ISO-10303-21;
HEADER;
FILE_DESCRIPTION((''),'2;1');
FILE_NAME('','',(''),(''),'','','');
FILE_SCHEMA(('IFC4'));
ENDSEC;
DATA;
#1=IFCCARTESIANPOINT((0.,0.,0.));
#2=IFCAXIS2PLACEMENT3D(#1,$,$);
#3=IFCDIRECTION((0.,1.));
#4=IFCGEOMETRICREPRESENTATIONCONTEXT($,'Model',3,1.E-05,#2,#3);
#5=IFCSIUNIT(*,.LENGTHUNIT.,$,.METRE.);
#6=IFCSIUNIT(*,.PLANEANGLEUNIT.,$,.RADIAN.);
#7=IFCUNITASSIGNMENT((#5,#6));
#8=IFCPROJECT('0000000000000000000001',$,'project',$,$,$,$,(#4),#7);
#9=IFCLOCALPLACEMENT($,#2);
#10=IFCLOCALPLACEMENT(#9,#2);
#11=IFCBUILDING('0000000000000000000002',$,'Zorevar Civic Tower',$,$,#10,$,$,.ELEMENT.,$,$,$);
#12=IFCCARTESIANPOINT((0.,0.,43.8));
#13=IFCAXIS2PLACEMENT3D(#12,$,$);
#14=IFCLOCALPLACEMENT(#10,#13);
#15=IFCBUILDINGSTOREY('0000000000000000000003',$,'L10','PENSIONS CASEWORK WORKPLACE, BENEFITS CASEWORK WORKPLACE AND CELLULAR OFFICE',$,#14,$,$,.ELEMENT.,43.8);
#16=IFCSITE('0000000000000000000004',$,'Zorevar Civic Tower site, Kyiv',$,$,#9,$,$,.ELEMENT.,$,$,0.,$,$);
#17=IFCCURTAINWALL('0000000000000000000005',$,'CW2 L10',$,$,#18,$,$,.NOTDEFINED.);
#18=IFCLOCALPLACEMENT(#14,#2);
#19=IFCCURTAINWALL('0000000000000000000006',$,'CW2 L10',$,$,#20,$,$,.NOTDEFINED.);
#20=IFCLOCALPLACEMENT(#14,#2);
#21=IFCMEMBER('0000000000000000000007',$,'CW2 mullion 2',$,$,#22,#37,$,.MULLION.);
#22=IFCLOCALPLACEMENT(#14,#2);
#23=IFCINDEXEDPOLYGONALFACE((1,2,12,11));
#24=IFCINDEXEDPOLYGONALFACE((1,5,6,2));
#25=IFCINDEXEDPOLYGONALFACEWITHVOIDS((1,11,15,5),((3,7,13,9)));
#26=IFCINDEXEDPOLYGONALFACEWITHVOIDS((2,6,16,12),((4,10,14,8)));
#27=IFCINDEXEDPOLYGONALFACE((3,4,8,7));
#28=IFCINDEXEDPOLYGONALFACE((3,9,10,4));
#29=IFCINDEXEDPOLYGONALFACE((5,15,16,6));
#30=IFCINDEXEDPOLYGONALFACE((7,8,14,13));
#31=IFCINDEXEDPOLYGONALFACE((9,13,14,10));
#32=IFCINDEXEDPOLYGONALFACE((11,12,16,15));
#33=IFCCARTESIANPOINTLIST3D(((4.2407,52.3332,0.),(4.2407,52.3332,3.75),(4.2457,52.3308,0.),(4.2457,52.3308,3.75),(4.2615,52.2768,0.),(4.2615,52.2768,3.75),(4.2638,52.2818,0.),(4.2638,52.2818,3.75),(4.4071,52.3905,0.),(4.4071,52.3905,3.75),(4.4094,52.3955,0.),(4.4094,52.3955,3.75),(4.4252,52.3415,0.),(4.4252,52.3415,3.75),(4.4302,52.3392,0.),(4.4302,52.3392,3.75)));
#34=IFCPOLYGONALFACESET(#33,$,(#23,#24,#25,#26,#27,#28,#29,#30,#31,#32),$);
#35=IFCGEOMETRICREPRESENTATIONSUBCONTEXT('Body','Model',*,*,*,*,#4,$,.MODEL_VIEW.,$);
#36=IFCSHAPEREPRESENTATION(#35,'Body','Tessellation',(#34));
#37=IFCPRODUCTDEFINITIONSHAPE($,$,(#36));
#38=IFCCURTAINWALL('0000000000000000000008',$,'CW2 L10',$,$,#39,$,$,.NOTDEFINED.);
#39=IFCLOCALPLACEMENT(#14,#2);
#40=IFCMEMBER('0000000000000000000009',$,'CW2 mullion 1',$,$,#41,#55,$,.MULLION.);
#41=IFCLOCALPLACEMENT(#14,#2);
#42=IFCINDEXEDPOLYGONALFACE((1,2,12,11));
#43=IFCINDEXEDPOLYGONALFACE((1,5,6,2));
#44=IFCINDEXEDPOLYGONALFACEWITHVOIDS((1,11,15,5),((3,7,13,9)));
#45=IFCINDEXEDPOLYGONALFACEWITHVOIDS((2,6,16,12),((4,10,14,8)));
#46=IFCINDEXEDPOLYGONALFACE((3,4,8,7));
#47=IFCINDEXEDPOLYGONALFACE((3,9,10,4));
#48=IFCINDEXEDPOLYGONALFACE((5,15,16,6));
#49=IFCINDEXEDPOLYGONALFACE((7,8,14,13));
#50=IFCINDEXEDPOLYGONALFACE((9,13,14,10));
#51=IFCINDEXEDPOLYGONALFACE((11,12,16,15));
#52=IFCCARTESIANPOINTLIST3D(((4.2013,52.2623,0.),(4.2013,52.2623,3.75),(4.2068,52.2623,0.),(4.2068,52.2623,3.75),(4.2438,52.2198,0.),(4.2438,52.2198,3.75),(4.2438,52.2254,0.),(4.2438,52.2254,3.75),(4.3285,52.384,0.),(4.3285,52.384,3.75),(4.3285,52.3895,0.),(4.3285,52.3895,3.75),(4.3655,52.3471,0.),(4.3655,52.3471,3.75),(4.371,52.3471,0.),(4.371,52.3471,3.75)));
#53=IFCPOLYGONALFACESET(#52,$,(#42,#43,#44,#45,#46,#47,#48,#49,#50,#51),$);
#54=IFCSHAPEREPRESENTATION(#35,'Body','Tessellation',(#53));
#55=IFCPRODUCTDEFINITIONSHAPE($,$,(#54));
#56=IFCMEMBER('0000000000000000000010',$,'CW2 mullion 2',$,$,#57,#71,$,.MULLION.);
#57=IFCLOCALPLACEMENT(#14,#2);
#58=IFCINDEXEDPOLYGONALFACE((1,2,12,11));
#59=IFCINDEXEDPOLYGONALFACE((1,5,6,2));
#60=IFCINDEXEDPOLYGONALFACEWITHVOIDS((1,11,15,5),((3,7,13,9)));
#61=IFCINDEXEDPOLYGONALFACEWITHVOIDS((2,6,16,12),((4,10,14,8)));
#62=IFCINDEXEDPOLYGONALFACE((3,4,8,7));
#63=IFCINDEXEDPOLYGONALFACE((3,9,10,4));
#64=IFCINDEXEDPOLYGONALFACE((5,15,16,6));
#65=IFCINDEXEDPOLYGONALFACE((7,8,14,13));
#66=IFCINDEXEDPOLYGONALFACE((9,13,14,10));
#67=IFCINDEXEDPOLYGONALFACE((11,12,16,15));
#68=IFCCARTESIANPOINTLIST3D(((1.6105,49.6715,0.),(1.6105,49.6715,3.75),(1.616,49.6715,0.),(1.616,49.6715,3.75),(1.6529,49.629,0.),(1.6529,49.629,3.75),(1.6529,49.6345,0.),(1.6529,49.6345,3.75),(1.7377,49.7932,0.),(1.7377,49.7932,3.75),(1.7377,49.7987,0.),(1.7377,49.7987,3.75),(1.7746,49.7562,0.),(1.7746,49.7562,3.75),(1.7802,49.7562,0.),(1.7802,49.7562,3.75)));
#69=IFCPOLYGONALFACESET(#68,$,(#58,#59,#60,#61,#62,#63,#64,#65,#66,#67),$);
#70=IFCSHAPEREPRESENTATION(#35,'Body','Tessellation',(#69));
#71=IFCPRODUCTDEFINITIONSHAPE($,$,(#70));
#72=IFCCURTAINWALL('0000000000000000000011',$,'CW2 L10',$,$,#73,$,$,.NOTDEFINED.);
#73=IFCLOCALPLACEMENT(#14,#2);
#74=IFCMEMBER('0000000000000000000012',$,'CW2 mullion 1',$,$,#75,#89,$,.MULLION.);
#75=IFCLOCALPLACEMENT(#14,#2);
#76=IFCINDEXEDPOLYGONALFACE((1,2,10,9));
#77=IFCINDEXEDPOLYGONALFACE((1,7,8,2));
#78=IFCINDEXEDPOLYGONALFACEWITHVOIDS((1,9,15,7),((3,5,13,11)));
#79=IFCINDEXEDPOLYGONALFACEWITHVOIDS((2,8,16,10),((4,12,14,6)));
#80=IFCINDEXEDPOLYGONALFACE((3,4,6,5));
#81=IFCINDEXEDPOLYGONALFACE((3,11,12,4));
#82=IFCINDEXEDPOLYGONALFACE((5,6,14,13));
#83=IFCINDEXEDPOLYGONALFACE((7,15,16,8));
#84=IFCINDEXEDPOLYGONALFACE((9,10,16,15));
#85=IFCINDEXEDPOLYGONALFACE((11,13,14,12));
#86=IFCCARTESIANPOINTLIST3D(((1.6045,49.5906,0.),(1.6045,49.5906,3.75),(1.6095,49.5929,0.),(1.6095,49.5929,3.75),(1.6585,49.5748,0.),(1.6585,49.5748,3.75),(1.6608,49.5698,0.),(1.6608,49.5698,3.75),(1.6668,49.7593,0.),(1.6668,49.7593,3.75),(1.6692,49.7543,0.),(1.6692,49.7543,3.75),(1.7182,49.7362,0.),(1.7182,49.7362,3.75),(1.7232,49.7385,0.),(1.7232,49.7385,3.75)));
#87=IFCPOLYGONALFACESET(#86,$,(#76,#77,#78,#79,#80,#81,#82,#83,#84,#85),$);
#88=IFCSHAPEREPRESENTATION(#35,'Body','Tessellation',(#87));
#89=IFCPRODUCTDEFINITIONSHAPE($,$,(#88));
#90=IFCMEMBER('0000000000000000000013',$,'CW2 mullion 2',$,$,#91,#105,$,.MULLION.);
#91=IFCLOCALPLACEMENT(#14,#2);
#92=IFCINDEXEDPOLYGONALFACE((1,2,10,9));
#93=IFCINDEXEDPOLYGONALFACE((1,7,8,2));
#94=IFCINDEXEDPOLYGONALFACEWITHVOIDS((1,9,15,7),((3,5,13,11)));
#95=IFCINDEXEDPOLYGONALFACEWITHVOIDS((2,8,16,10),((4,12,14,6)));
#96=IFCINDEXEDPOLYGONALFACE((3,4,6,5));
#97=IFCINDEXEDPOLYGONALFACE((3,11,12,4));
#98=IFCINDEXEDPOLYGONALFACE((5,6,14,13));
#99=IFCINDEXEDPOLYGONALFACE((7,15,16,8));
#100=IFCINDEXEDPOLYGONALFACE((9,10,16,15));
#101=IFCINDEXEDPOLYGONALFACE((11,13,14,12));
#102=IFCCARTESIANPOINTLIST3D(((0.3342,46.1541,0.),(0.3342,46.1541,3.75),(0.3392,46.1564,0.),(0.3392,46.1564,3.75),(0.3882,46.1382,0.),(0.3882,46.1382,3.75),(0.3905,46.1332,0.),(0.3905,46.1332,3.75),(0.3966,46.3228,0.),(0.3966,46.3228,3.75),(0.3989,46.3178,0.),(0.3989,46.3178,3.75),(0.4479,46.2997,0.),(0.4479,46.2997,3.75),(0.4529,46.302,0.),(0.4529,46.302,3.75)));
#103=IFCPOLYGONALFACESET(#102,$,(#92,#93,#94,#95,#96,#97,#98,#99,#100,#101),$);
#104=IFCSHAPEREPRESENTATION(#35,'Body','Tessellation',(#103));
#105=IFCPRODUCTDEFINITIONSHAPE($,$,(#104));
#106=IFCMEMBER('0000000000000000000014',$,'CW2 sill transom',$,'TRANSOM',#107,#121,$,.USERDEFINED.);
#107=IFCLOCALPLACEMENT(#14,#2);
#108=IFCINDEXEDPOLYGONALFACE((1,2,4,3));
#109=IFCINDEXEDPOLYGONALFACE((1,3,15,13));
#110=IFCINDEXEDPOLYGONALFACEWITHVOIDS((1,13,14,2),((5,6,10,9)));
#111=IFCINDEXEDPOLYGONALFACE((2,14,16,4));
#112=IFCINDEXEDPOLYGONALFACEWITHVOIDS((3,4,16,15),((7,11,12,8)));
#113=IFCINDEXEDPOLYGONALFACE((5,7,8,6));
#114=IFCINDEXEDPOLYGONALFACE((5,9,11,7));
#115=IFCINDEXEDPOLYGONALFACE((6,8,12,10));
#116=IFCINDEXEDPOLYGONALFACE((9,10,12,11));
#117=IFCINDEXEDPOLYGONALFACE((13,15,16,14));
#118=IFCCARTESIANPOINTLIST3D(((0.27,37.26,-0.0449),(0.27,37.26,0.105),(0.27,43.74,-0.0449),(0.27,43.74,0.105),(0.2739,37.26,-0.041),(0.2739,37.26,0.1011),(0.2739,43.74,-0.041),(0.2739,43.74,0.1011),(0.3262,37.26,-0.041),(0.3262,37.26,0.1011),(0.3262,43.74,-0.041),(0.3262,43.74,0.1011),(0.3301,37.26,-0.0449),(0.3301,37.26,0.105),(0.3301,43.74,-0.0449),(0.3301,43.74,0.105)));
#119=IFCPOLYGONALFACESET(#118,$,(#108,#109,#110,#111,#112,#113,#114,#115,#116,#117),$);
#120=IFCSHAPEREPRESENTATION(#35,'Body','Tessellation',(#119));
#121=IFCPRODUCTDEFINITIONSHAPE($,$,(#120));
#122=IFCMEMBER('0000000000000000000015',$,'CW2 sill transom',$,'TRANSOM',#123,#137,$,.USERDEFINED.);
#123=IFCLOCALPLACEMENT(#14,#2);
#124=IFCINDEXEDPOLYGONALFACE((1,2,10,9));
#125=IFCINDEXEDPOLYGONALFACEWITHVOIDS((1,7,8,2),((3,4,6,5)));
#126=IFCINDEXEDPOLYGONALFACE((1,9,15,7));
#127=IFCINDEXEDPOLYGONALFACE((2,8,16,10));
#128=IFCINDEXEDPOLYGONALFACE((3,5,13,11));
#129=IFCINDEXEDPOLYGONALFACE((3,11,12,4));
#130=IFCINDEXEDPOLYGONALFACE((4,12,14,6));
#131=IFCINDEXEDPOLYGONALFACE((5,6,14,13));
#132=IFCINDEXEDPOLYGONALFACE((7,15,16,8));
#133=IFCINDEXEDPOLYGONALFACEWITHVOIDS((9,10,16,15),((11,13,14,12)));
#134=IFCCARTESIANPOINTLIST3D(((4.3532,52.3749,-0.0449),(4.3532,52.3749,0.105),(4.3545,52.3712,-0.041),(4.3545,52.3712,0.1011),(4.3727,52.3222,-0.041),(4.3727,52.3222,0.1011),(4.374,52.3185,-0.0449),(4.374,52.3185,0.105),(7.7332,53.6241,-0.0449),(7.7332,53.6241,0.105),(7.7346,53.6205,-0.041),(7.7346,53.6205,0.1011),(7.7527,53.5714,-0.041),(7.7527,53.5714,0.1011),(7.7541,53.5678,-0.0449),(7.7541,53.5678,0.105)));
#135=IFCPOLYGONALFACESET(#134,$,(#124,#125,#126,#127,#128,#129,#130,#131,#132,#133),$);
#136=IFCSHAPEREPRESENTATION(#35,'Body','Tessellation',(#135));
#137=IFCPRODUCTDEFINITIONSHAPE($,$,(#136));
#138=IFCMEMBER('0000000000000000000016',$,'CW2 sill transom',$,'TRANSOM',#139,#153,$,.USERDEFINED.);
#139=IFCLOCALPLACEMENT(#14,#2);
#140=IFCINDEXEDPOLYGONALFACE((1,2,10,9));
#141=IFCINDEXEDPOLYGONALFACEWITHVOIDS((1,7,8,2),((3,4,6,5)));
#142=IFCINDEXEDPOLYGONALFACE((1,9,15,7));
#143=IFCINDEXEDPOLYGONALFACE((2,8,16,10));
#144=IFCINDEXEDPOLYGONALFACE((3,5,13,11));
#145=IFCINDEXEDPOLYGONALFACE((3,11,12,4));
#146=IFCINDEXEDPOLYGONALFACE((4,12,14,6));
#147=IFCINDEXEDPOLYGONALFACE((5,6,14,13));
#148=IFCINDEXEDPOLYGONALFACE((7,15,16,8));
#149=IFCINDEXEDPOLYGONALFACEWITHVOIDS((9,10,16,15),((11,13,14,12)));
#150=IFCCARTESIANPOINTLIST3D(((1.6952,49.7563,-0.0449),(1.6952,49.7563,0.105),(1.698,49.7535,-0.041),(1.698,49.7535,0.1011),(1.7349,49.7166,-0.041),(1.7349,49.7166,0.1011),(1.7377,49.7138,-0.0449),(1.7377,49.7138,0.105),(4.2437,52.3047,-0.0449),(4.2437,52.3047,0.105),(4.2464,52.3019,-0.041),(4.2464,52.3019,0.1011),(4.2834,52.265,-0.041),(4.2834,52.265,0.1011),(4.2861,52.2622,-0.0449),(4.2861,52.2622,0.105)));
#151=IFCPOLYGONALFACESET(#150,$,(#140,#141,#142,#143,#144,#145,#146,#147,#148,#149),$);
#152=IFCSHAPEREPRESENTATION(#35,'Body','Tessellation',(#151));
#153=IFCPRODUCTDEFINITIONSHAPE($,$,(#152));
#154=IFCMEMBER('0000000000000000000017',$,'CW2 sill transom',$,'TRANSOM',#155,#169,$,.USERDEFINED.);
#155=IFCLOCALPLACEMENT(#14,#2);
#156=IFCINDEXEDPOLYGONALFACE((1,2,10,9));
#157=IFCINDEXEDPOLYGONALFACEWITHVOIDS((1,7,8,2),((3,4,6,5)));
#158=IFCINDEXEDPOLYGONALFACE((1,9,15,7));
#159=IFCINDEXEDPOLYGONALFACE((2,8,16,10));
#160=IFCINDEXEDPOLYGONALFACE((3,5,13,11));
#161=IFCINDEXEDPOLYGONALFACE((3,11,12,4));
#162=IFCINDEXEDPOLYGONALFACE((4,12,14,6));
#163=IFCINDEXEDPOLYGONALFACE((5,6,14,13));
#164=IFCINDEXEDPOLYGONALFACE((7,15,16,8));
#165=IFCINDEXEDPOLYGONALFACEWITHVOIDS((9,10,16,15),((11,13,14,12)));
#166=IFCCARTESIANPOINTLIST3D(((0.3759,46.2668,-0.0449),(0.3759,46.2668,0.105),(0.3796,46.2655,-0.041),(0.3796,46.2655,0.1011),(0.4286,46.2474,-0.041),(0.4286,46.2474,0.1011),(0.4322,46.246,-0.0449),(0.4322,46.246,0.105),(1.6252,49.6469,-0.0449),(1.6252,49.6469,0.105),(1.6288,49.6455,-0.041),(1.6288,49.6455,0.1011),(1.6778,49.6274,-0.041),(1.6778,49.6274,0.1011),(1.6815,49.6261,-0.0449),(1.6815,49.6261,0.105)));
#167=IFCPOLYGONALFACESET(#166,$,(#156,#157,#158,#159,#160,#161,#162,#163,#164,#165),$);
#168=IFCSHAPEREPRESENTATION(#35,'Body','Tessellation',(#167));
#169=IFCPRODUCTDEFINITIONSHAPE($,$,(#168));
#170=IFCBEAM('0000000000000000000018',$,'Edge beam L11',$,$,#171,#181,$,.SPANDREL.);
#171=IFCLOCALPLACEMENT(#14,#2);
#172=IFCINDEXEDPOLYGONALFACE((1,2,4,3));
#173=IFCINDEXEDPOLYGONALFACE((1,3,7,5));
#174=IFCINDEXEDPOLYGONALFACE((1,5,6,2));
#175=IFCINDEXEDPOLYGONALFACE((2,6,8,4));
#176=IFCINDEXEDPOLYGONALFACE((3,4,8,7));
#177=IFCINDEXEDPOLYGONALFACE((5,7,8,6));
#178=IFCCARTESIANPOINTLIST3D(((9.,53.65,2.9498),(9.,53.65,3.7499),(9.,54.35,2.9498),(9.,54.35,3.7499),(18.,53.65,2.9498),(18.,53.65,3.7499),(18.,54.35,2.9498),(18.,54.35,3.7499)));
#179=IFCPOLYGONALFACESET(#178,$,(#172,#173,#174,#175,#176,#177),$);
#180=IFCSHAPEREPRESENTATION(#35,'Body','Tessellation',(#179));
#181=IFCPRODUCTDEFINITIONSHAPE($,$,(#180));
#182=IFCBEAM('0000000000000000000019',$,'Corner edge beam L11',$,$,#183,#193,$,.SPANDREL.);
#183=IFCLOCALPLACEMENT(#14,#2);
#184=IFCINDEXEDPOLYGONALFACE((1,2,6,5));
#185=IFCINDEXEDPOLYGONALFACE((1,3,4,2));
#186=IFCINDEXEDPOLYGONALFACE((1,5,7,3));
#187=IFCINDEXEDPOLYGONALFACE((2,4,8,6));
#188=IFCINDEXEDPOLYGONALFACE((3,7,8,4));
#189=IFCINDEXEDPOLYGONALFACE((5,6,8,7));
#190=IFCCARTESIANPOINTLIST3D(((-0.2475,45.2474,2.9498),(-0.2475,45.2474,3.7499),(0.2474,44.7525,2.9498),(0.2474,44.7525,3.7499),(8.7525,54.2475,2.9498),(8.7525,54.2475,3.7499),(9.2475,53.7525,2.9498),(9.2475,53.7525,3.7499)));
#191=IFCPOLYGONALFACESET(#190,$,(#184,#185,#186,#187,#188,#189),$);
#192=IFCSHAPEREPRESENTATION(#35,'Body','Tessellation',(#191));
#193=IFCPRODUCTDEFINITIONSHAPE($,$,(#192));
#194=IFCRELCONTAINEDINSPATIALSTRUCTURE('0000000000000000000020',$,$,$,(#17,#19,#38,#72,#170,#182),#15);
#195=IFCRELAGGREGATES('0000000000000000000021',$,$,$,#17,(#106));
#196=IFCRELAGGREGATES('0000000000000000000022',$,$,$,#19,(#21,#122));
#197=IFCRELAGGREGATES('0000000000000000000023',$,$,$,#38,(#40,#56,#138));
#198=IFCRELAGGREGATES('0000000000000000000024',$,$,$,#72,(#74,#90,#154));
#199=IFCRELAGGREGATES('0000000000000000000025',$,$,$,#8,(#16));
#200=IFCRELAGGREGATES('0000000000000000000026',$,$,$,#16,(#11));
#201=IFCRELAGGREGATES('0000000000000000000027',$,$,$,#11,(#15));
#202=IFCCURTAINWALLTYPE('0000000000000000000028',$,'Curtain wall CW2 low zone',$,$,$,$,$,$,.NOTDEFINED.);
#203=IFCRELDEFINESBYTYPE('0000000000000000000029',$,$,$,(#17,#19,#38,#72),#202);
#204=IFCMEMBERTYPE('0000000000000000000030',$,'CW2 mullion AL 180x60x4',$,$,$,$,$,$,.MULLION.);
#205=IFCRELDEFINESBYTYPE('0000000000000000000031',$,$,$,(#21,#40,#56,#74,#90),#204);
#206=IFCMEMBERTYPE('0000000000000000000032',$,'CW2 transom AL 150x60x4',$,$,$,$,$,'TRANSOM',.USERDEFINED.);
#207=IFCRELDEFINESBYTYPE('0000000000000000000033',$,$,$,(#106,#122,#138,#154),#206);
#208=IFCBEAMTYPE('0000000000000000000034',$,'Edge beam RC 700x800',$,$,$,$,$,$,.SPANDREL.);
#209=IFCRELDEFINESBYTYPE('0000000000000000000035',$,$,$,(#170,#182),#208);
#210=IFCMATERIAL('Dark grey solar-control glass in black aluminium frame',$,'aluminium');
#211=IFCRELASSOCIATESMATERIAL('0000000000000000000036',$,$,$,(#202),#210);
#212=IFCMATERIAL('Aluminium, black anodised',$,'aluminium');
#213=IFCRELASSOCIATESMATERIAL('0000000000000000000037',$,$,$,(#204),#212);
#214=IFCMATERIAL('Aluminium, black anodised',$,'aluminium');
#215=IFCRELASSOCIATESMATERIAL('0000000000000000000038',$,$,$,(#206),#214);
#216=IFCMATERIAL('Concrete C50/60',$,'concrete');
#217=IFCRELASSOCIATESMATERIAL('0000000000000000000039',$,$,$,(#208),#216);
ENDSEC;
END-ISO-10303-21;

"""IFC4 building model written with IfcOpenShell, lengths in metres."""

from ifc_helpers import new_model, si_unit, direction, frame, origin, origin_2d, place, context, subcontext, project, spatial, rectangle, hollow_rectangle, extrude, material, material_profile, profile_set, type_object, element, aggregate, save


model = new_model("IFC4")

# Units and contexts
model_context = context("Model", 3, precision=1e-05, world=origin(), true_north=direction((0.0, 1.0)))
body_context = subcontext(model_context, "Body", "Model", "MODEL_VIEW")
ifc_project = project(units=[si_unit("LENGTHUNIT", "METRE"), si_unit("PLANEANGLEUNIT", "RADIAN")], contexts=[model_context])

# Site, building, storey
site_placement = place(None, origin())
site = spatial("IfcSite", under=ifc_project, at=site_placement, Name="Zorevar Civic Tower site, Kyiv", CompositionType="ELEMENT", RefElevation=0.0)
building_placement = place(site_placement, origin())
building = spatial("IfcBuilding", under=site, at=building_placement, Name="Zorevar Civic Tower", CompositionType="ELEMENT")
storey_placement = place(building_placement, frame((0.0, 0.0, 43.8)))
storey = spatial("IfcBuildingStorey", under=building, at=storey_placement, Name="L10", Description="PENSIONS CASEWORK WORKPLACE, BENEFITS CASEWORK WORKPLACE AND CELLULAR OFFICE", CompositionType="ELEMENT", Elevation=43.8)

# Curtain walls, members
ifc_material_1 = material(Name="Dark grey solar-control glass in black aluminium frame", Category="aluminium")
curtain_wall_type = type_object("IfcCurtainWallType", Name="Curtain wall CW2 low zone", PredefinedType="NOTDEFINED", material=ifc_material_1)
curtain_wall_1_placement = place(storey_placement, origin())
curtain_wall_1 = element("IfcCurtainWall", 1, at=curtain_wall_1_placement, inside=storey, type_object=curtain_wall_type, Name="CW2 L10", PredefinedType="NOTDEFINED")
ifc_material_2 = material(Name="Aluminium, black anodised", Category="aluminium")
ifc_material_profile_1 = material_profile(ifc_material_2, hollow_rectangle(XDim=0.0601, YDim=0.1799, WallThickness=0.0039, at=origin_2d()), Name="AL 180x60x4")
ifc_profile_set_1 = profile_set([ifc_material_profile_1], Name="Aluminium, black anodised")
member_type_1 = type_object("IfcMemberType", Name="CW2 mullion AL 180x60x4", PredefinedType="MULLION", material=ifc_profile_set_1)
curtain_wall_2_placement = place(storey_placement, origin())
curtain_wall_2 = element("IfcCurtainWall", 2, at=curtain_wall_2_placement, inside=storey, type_object=curtain_wall_type, Name="CW2 L10", PredefinedType="NOTDEFINED")
member_1_placement = place(storey_placement, frame((4.3354, 52.3362, 0.0), z_axis=(0.0, 0.0, 1.0), x_axis=(0.346704, -0.937975, 0.0)))
member_1 = element("IfcMember", 3, at=member_1_placement, type_object=member_type_1, Name="CW2 mullion 2", PredefinedType="MULLION", context=body_context, shape_type="SweptSolid", body=[
    extrude(hollow_rectangle(XDim=0.0601, YDim=0.1799, WallThickness=0.0039, at=origin_2d()), origin(), (0.0, 0.0, 1.0), 3.75),
])
curtain_wall_3_placement = place(storey_placement, origin())
curtain_wall_3 = element("IfcCurtainWall", 4, at=curtain_wall_3_placement, inside=storey, type_object=curtain_wall_type, Name="CW2 L10", PredefinedType="NOTDEFINED")
member_2_placement = place(storey_placement, frame((4.2861, 52.3047, 0.0), z_axis=(0.0, 0.0, 1.0), x_axis=(0.707107, -0.707107, 0.0)))
member_2 = element("IfcMember", 5, at=member_2_placement, type_object=member_type_1, Name="CW2 mullion 1", PredefinedType="MULLION", context=body_context, shape_type="SweptSolid", body=[
    extrude(hollow_rectangle(XDim=0.0601, YDim=0.1799, WallThickness=0.0039, at=origin_2d()), origin(), (0.0, 0.0, 1.0), 3.75),
])
member_3_placement = place(storey_placement, frame((1.6953, 49.7139, 0.0), z_axis=(0.0, 0.0, 1.0), x_axis=(0.707107, -0.707107, 0.0)))
member_3 = element("IfcMember", 6, at=member_3_placement, type_object=member_type_1, Name="CW2 mullion 2", PredefinedType="MULLION", context=body_context, shape_type="SweptSolid", body=[
    extrude(hollow_rectangle(XDim=0.0601, YDim=0.1799, WallThickness=0.0039, at=origin_2d()), origin(), (0.0, 0.0, 1.0), 3.75),
])
curtain_wall_4_placement = place(storey_placement, origin())
curtain_wall_4 = element("IfcCurtainWall", 7, at=curtain_wall_4_placement, inside=storey, type_object=curtain_wall_type, Name="CW2 L10", PredefinedType="NOTDEFINED")
member_4_placement = place(storey_placement, frame((1.6638, 49.6646, 0.0), z_axis=(0.0, 0.0, 1.0), x_axis=(0.937975, -0.346704, 0.0)))
member_4 = element("IfcMember", 8, at=member_4_placement, type_object=member_type_1, Name="CW2 mullion 1", PredefinedType="MULLION", context=body_context, shape_type="SweptSolid", body=[
    extrude(hollow_rectangle(XDim=0.0601, YDim=0.1799, WallThickness=0.0039, at=origin_2d()), origin(), (0.0, 0.0, 1.0), 3.75),
])
member_5_placement = place(storey_placement, frame((0.3936, 46.228, 0.0), z_axis=(0.0, 0.0, 1.0), x_axis=(0.937975, -0.346704, 0.0)))
member_5 = element("IfcMember", 9, at=member_5_placement, type_object=member_type_1, Name="CW2 mullion 2", PredefinedType="MULLION", context=body_context, shape_type="SweptSolid", body=[
    extrude(hollow_rectangle(XDim=0.0601, YDim=0.1799, WallThickness=0.0039, at=origin_2d()), origin(), (0.0, 0.0, 1.0), 3.75),
])

# Members
ifc_material_3 = material(Name="Aluminium, black anodised", Category="aluminium")
ifc_material_profile_2 = material_profile(ifc_material_3, hollow_rectangle(XDim=0.0601, YDim=0.1499, WallThickness=0.0039, at=origin_2d()), Name="AL 150x60x4")
ifc_profile_set_2 = profile_set([ifc_material_profile_2], Name="Aluminium, black anodised")
member_type_2 = type_object("IfcMemberType", Name="CW2 transom AL 150x60x4", ElementType="TRANSOM", PredefinedType="USERDEFINED", material=ifc_profile_set_2)
member_6_placement = place(storey_placement, frame((0.3, 37.26, 0.03), z_axis=(0.0, 1.0, 0.0), x_axis=(-1.0, 0.0, 0.0)))
member_6 = element("IfcMember", 10, at=member_6_placement, type_object=member_type_2, Name="CW2 sill transom", ObjectType="TRANSOM", PredefinedType="USERDEFINED", context=body_context, shape_type="SweptSolid", body=[
    extrude(hollow_rectangle(XDim=0.0601, YDim=0.1499, WallThickness=0.0039, at=origin_2d()), origin(), (0.0, 0.0, 1.0), 6.48),
])
member_7_placement = place(storey_placement, frame((7.7437, 53.5959, 0.03), z_axis=(-0.937986, -0.346672, 0.0), x_axis=(0.346672, -0.937986, 0.0)))
member_7 = element("IfcMember", 11, at=member_7_placement, type_object=member_type_2, Name="CW2 sill transom", ObjectType="TRANSOM", PredefinedType="USERDEFINED", context=body_context, shape_type="SweptSolid", body=[
    extrude(hollow_rectangle(XDim=0.0601, YDim=0.1499, WallThickness=0.0039, at=origin_2d()), origin(), (0.0, 0.0, 1.0), 3.6035),
])
member_8_placement = place(storey_placement, frame((4.2649, 52.2834, 0.03), z_axis=(-0.707107, -0.707107, 0.0), x_axis=(0.707107, -0.707107, 0.0)))
member_8 = element("IfcMember", 12, at=member_8_placement, type_object=member_type_2, Name="CW2 sill transom", ObjectType="TRANSOM", PredefinedType="USERDEFINED", context=body_context, shape_type="SweptSolid", body=[
    extrude(hollow_rectangle(XDim=0.0601, YDim=0.1499, WallThickness=0.0039, at=origin_2d()), origin(), (0.0, 0.0, 1.0), 3.604),
])
member_9_placement = place(storey_placement, frame((1.6533, 49.6365, 0.03), z_axis=(-0.346672, -0.937986, 0.0), x_axis=(0.937986, -0.346672, 0.0)))
member_9 = element("IfcMember", 13, at=member_9_placement, type_object=member_type_2, Name="CW2 sill transom", ObjectType="TRANSOM", PredefinedType="USERDEFINED", context=body_context, shape_type="SweptSolid", body=[
    extrude(hollow_rectangle(XDim=0.0601, YDim=0.1499, WallThickness=0.0039, at=origin_2d()), origin(), (0.0, 0.0, 1.0), 3.6035),
])

# Beams
ifc_material_4 = material(Name="Concrete C50/60", Category="concrete")
ifc_material_profile_3 = material_profile(ifc_material_4, rectangle(XDim=0.7, YDim=0.8, at=origin_2d()), Name="RC 700x800")
ifc_profile_set_3 = profile_set([ifc_material_profile_3], Name="Concrete C50/60")
beam_type_1 = type_object("IfcBeamType", Name="Edge beam RC 700x800", PredefinedType="SPANDREL", material=ifc_profile_set_3)
beam_1_placement = place(storey_placement, frame((9.0, 54.0, 3.3499), z_axis=(1.0, 0.0, 0.0), x_axis=(0.0, 1.0, 0.0)))
element("IfcBeam", 14, at=beam_1_placement, inside=storey, type_object=beam_type_1, Name="Edge beam L11", PredefinedType="SPANDREL", context=body_context, shape_type="SweptSolid", body=[
    extrude(rectangle(XDim=0.7, YDim=0.8, at=origin_2d()), origin(), (0.0, 0.0, 1.0), 9.0),
])
beam_2_placement = place(storey_placement, frame((9.0, 54.0, 3.3499), z_axis=(-0.707107, -0.707107, 0.0), x_axis=(0.707107, -0.707107, 0.0)))
element("IfcBeam", 15, at=beam_2_placement, inside=storey, type_object=beam_type_1, Name="Corner edge beam L11", PredefinedType="SPANDREL", context=body_context, shape_type="SweptSolid", body=[
    extrude(rectangle(XDim=0.7, YDim=0.8, at=origin_2d()), origin(), (0.0, 0.0, 1.0), 12.728),
])

aggregate(curtain_wall_1, [member_6])
aggregate(curtain_wall_2, [member_1, member_7])
aggregate(curtain_wall_3, [member_2, member_3, member_8])
aggregate(curtain_wall_4, [member_4, member_5, member_9])

save(model, "model.ifc")
